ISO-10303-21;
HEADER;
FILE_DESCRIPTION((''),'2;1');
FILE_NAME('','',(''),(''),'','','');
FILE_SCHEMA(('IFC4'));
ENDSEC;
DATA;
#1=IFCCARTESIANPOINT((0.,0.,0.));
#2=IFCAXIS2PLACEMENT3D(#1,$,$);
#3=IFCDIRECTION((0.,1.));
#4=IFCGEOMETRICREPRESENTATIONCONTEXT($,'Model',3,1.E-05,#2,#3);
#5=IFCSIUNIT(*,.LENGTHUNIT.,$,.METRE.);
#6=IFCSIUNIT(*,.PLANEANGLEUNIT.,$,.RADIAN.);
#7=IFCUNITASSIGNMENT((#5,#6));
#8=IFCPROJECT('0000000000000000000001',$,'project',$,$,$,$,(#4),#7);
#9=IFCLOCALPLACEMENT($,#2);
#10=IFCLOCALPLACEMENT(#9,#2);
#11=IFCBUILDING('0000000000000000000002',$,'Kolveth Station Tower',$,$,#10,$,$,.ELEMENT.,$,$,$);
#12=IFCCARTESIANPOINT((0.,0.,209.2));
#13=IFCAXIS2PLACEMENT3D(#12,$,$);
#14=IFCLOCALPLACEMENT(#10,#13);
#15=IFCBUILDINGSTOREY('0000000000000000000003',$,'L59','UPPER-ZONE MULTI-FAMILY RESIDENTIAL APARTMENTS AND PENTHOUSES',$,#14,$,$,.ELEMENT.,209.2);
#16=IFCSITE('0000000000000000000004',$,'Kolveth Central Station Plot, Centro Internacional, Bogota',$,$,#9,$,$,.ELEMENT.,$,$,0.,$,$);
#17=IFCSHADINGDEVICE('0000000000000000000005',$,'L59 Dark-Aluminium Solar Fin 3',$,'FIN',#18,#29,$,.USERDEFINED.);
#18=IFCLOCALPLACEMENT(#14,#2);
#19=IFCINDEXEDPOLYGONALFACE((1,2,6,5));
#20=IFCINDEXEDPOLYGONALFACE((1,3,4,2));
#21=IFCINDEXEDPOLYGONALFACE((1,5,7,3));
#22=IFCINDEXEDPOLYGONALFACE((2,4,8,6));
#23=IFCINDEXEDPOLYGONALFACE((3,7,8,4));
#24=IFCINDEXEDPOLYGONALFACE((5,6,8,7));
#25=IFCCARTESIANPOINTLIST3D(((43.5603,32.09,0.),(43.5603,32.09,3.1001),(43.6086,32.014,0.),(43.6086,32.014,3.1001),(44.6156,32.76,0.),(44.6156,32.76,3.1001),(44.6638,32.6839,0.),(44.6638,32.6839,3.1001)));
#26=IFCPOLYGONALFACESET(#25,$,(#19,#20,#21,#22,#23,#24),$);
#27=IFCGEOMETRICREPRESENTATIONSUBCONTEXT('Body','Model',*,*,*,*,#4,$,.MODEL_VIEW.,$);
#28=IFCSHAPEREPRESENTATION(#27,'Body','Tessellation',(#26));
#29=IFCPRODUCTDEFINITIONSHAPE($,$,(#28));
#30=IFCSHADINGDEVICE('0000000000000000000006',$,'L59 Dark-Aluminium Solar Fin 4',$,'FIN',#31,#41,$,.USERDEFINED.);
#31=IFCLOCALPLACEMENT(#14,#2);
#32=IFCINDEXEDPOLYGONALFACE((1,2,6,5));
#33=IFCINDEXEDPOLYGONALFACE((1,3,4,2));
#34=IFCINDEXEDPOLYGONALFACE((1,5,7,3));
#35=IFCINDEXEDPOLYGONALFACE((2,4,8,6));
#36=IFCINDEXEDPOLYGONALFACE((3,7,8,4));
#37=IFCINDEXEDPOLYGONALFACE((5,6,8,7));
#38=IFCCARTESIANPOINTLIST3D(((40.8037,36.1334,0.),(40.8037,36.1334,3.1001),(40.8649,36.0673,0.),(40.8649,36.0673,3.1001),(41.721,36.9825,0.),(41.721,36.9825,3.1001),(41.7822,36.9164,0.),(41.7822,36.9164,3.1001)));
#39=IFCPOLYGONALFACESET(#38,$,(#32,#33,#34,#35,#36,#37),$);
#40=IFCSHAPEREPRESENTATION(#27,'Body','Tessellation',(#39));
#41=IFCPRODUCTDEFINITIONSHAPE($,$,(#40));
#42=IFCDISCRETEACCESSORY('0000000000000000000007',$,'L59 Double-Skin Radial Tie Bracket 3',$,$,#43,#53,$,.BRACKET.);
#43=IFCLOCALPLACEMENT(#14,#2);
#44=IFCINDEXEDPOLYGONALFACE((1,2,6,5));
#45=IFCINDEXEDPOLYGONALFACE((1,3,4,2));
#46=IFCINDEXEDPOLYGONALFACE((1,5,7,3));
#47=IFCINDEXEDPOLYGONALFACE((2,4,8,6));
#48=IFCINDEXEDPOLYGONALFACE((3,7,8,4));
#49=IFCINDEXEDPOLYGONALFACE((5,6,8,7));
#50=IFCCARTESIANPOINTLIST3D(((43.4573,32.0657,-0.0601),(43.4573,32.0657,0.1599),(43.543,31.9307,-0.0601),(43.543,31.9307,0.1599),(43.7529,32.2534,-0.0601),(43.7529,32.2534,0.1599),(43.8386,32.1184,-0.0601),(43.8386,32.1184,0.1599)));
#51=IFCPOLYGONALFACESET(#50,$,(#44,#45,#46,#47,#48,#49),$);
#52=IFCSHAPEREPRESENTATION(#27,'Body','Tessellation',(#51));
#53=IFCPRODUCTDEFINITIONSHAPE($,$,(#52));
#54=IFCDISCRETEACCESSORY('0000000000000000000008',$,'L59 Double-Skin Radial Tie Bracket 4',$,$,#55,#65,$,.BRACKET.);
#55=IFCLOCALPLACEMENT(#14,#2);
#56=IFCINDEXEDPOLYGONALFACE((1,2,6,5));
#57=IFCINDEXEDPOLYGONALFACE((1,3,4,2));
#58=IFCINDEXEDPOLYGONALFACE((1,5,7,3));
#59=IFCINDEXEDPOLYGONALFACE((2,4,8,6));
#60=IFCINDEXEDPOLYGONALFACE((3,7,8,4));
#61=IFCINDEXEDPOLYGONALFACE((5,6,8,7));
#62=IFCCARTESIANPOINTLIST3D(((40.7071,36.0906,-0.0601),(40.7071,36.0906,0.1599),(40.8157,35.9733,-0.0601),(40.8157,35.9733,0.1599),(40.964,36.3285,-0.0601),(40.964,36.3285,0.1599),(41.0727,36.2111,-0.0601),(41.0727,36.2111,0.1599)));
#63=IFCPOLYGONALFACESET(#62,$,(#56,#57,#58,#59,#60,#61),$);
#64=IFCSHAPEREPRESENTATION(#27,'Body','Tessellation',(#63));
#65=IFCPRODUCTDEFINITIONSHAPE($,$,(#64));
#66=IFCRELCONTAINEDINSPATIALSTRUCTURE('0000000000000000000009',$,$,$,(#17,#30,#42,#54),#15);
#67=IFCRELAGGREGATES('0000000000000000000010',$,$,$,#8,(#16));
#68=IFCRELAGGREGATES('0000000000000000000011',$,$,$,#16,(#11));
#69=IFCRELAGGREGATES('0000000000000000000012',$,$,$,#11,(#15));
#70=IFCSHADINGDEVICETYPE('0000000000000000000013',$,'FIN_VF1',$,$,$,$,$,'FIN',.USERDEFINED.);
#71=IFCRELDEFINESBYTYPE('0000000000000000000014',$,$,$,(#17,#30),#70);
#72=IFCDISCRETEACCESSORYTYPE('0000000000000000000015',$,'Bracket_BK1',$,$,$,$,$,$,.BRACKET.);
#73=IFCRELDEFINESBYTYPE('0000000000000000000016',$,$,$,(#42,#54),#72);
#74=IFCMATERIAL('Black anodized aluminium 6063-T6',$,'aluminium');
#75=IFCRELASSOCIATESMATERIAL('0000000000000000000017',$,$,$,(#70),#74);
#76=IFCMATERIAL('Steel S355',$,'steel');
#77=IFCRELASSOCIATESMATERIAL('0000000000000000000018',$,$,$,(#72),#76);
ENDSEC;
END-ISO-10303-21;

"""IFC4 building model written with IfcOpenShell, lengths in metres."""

from ifc_helpers import new_model, si_unit, direction, frame, origin, origin_2d, place, context, subcontext, project, spatial, rectangle, extrude, source, transform, mapped, material, type_object, element, save


model = new_model("IFC4")

# Units and contexts
model_context = context("Model", 3, precision=1e-05, world=origin(), true_north=direction((0.0, 1.0)))
body_context = subcontext(model_context, "Body", "Model", "MODEL_VIEW")
ifc_project = project(units=[si_unit("LENGTHUNIT", "METRE"), si_unit("PLANEANGLEUNIT", "RADIAN")], contexts=[model_context])

# Site, building, storey
site_placement = place(None, origin())
site = spatial("IfcSite", under=ifc_project, at=site_placement, Name="Kolveth Central Station Plot, Centro Internacional, Bogota", CompositionType="ELEMENT", RefElevation=0.0)
building_placement = place(site_placement, origin())
building = spatial("IfcBuilding", under=site, at=building_placement, Name="Kolveth Station Tower", CompositionType="ELEMENT")
storey_placement = place(building_placement, frame((0.0, 0.0, 209.2)))
storey = spatial("IfcBuildingStorey", under=building, at=storey_placement, Name="L59", Description="UPPER-ZONE MULTI-FAMILY RESIDENTIAL APARTMENTS AND PENTHOUSES", CompositionType="ELEMENT", Elevation=209.2)

# Shared definitions
ifc_material_1 = material(Name="Steel S355", Category="steel")

# Shared definitions
ifc_material_2 = material(Name="Black anodized aluminium 6063-T6", Category="aluminium")

# Shading devices
shading_device_type = type_object("IfcShadingDeviceType", Name="FIN_VF1", ElementType="FIN", PredefinedType="USERDEFINED", material=ifc_material_2)
shared_shape_1 = source(origin(), body_context, "Body", "SweptSolid", [
    extrude(rectangle(XDim=1.25, YDim=0.0901, at=origin_2d()), origin(), (0.0, 0.0, 1.0), 3.1001),
])
for number, where, z_axis, x_axis, name in (
    (1, (44.1121, 32.387, 0.0), (0.0, 0.0, 1.0), (0.844234, 0.535974, 0.0), "L59 Dark-Aluminium Solar Fin 3"),
    (2, (41.293, 36.5249, 0.0), (0.0, 0.0, 1.0), (0.733848, 0.679313, 0.0), "L59 Dark-Aluminium Solar Fin 4"),
):
    element("IfcShadingDevice", number, at=place(storey_placement, frame(where, z_axis=z_axis, x_axis=x_axis)), inside=storey, type_object=shading_device_type, Name=name, ObjectType="FIN", PredefinedType="USERDEFINED", context=body_context, shape_type="MappedRepresentation", body=[
        mapped(shared_shape_1, transform((0.0, 0.0, 0.0), x_axis=(1.0, 0.0, 0.0), y_axis=(0.0, 1.0, 0.0), z_axis=(0.0, 0.0, 1.0), scale=1.0)),
    ])

# Discrete accessories
discrete_accessory_type = type_object("IfcDiscreteAccessoryType", Name="Bracket_BK1", PredefinedType="BRACKET", material=ifc_material_1)
shared_shape_2 = source(origin(), body_context, "Body", "SweptSolid", [
    extrude(rectangle(XDim=0.3501, YDim=0.1599, at=origin_2d()), origin(), (0.0, 0.0, 1.0), 0.22),
])
for number, where, z_axis, x_axis, name in (
    (3, (43.6479, 32.092, -0.0601), (0.0, 0.0, 1.0), (0.844234, 0.535974, 0.0), "L59 Double-Skin Radial Tie Bracket 3"),
    (4, (40.8899, 36.1509, -0.0601), (0.0, 0.0, 1.0), (0.733848, 0.679313, 0.0), "L59 Double-Skin Radial Tie Bracket 4"),
):
    element("IfcDiscreteAccessory", number, at=place(storey_placement, frame(where, z_axis=z_axis, x_axis=x_axis)), inside=storey, type_object=discrete_accessory_type, Name=name, PredefinedType="BRACKET", context=body_context, shape_type="MappedRepresentation", body=[
        mapped(shared_shape_2, transform((0.0, 0.0, 0.0), x_axis=(1.0, 0.0, 0.0), y_axis=(0.0, 1.0, 0.0), z_axis=(0.0, 0.0, 1.0), scale=1.0)),
    ])

save(model, "model.ifc")
